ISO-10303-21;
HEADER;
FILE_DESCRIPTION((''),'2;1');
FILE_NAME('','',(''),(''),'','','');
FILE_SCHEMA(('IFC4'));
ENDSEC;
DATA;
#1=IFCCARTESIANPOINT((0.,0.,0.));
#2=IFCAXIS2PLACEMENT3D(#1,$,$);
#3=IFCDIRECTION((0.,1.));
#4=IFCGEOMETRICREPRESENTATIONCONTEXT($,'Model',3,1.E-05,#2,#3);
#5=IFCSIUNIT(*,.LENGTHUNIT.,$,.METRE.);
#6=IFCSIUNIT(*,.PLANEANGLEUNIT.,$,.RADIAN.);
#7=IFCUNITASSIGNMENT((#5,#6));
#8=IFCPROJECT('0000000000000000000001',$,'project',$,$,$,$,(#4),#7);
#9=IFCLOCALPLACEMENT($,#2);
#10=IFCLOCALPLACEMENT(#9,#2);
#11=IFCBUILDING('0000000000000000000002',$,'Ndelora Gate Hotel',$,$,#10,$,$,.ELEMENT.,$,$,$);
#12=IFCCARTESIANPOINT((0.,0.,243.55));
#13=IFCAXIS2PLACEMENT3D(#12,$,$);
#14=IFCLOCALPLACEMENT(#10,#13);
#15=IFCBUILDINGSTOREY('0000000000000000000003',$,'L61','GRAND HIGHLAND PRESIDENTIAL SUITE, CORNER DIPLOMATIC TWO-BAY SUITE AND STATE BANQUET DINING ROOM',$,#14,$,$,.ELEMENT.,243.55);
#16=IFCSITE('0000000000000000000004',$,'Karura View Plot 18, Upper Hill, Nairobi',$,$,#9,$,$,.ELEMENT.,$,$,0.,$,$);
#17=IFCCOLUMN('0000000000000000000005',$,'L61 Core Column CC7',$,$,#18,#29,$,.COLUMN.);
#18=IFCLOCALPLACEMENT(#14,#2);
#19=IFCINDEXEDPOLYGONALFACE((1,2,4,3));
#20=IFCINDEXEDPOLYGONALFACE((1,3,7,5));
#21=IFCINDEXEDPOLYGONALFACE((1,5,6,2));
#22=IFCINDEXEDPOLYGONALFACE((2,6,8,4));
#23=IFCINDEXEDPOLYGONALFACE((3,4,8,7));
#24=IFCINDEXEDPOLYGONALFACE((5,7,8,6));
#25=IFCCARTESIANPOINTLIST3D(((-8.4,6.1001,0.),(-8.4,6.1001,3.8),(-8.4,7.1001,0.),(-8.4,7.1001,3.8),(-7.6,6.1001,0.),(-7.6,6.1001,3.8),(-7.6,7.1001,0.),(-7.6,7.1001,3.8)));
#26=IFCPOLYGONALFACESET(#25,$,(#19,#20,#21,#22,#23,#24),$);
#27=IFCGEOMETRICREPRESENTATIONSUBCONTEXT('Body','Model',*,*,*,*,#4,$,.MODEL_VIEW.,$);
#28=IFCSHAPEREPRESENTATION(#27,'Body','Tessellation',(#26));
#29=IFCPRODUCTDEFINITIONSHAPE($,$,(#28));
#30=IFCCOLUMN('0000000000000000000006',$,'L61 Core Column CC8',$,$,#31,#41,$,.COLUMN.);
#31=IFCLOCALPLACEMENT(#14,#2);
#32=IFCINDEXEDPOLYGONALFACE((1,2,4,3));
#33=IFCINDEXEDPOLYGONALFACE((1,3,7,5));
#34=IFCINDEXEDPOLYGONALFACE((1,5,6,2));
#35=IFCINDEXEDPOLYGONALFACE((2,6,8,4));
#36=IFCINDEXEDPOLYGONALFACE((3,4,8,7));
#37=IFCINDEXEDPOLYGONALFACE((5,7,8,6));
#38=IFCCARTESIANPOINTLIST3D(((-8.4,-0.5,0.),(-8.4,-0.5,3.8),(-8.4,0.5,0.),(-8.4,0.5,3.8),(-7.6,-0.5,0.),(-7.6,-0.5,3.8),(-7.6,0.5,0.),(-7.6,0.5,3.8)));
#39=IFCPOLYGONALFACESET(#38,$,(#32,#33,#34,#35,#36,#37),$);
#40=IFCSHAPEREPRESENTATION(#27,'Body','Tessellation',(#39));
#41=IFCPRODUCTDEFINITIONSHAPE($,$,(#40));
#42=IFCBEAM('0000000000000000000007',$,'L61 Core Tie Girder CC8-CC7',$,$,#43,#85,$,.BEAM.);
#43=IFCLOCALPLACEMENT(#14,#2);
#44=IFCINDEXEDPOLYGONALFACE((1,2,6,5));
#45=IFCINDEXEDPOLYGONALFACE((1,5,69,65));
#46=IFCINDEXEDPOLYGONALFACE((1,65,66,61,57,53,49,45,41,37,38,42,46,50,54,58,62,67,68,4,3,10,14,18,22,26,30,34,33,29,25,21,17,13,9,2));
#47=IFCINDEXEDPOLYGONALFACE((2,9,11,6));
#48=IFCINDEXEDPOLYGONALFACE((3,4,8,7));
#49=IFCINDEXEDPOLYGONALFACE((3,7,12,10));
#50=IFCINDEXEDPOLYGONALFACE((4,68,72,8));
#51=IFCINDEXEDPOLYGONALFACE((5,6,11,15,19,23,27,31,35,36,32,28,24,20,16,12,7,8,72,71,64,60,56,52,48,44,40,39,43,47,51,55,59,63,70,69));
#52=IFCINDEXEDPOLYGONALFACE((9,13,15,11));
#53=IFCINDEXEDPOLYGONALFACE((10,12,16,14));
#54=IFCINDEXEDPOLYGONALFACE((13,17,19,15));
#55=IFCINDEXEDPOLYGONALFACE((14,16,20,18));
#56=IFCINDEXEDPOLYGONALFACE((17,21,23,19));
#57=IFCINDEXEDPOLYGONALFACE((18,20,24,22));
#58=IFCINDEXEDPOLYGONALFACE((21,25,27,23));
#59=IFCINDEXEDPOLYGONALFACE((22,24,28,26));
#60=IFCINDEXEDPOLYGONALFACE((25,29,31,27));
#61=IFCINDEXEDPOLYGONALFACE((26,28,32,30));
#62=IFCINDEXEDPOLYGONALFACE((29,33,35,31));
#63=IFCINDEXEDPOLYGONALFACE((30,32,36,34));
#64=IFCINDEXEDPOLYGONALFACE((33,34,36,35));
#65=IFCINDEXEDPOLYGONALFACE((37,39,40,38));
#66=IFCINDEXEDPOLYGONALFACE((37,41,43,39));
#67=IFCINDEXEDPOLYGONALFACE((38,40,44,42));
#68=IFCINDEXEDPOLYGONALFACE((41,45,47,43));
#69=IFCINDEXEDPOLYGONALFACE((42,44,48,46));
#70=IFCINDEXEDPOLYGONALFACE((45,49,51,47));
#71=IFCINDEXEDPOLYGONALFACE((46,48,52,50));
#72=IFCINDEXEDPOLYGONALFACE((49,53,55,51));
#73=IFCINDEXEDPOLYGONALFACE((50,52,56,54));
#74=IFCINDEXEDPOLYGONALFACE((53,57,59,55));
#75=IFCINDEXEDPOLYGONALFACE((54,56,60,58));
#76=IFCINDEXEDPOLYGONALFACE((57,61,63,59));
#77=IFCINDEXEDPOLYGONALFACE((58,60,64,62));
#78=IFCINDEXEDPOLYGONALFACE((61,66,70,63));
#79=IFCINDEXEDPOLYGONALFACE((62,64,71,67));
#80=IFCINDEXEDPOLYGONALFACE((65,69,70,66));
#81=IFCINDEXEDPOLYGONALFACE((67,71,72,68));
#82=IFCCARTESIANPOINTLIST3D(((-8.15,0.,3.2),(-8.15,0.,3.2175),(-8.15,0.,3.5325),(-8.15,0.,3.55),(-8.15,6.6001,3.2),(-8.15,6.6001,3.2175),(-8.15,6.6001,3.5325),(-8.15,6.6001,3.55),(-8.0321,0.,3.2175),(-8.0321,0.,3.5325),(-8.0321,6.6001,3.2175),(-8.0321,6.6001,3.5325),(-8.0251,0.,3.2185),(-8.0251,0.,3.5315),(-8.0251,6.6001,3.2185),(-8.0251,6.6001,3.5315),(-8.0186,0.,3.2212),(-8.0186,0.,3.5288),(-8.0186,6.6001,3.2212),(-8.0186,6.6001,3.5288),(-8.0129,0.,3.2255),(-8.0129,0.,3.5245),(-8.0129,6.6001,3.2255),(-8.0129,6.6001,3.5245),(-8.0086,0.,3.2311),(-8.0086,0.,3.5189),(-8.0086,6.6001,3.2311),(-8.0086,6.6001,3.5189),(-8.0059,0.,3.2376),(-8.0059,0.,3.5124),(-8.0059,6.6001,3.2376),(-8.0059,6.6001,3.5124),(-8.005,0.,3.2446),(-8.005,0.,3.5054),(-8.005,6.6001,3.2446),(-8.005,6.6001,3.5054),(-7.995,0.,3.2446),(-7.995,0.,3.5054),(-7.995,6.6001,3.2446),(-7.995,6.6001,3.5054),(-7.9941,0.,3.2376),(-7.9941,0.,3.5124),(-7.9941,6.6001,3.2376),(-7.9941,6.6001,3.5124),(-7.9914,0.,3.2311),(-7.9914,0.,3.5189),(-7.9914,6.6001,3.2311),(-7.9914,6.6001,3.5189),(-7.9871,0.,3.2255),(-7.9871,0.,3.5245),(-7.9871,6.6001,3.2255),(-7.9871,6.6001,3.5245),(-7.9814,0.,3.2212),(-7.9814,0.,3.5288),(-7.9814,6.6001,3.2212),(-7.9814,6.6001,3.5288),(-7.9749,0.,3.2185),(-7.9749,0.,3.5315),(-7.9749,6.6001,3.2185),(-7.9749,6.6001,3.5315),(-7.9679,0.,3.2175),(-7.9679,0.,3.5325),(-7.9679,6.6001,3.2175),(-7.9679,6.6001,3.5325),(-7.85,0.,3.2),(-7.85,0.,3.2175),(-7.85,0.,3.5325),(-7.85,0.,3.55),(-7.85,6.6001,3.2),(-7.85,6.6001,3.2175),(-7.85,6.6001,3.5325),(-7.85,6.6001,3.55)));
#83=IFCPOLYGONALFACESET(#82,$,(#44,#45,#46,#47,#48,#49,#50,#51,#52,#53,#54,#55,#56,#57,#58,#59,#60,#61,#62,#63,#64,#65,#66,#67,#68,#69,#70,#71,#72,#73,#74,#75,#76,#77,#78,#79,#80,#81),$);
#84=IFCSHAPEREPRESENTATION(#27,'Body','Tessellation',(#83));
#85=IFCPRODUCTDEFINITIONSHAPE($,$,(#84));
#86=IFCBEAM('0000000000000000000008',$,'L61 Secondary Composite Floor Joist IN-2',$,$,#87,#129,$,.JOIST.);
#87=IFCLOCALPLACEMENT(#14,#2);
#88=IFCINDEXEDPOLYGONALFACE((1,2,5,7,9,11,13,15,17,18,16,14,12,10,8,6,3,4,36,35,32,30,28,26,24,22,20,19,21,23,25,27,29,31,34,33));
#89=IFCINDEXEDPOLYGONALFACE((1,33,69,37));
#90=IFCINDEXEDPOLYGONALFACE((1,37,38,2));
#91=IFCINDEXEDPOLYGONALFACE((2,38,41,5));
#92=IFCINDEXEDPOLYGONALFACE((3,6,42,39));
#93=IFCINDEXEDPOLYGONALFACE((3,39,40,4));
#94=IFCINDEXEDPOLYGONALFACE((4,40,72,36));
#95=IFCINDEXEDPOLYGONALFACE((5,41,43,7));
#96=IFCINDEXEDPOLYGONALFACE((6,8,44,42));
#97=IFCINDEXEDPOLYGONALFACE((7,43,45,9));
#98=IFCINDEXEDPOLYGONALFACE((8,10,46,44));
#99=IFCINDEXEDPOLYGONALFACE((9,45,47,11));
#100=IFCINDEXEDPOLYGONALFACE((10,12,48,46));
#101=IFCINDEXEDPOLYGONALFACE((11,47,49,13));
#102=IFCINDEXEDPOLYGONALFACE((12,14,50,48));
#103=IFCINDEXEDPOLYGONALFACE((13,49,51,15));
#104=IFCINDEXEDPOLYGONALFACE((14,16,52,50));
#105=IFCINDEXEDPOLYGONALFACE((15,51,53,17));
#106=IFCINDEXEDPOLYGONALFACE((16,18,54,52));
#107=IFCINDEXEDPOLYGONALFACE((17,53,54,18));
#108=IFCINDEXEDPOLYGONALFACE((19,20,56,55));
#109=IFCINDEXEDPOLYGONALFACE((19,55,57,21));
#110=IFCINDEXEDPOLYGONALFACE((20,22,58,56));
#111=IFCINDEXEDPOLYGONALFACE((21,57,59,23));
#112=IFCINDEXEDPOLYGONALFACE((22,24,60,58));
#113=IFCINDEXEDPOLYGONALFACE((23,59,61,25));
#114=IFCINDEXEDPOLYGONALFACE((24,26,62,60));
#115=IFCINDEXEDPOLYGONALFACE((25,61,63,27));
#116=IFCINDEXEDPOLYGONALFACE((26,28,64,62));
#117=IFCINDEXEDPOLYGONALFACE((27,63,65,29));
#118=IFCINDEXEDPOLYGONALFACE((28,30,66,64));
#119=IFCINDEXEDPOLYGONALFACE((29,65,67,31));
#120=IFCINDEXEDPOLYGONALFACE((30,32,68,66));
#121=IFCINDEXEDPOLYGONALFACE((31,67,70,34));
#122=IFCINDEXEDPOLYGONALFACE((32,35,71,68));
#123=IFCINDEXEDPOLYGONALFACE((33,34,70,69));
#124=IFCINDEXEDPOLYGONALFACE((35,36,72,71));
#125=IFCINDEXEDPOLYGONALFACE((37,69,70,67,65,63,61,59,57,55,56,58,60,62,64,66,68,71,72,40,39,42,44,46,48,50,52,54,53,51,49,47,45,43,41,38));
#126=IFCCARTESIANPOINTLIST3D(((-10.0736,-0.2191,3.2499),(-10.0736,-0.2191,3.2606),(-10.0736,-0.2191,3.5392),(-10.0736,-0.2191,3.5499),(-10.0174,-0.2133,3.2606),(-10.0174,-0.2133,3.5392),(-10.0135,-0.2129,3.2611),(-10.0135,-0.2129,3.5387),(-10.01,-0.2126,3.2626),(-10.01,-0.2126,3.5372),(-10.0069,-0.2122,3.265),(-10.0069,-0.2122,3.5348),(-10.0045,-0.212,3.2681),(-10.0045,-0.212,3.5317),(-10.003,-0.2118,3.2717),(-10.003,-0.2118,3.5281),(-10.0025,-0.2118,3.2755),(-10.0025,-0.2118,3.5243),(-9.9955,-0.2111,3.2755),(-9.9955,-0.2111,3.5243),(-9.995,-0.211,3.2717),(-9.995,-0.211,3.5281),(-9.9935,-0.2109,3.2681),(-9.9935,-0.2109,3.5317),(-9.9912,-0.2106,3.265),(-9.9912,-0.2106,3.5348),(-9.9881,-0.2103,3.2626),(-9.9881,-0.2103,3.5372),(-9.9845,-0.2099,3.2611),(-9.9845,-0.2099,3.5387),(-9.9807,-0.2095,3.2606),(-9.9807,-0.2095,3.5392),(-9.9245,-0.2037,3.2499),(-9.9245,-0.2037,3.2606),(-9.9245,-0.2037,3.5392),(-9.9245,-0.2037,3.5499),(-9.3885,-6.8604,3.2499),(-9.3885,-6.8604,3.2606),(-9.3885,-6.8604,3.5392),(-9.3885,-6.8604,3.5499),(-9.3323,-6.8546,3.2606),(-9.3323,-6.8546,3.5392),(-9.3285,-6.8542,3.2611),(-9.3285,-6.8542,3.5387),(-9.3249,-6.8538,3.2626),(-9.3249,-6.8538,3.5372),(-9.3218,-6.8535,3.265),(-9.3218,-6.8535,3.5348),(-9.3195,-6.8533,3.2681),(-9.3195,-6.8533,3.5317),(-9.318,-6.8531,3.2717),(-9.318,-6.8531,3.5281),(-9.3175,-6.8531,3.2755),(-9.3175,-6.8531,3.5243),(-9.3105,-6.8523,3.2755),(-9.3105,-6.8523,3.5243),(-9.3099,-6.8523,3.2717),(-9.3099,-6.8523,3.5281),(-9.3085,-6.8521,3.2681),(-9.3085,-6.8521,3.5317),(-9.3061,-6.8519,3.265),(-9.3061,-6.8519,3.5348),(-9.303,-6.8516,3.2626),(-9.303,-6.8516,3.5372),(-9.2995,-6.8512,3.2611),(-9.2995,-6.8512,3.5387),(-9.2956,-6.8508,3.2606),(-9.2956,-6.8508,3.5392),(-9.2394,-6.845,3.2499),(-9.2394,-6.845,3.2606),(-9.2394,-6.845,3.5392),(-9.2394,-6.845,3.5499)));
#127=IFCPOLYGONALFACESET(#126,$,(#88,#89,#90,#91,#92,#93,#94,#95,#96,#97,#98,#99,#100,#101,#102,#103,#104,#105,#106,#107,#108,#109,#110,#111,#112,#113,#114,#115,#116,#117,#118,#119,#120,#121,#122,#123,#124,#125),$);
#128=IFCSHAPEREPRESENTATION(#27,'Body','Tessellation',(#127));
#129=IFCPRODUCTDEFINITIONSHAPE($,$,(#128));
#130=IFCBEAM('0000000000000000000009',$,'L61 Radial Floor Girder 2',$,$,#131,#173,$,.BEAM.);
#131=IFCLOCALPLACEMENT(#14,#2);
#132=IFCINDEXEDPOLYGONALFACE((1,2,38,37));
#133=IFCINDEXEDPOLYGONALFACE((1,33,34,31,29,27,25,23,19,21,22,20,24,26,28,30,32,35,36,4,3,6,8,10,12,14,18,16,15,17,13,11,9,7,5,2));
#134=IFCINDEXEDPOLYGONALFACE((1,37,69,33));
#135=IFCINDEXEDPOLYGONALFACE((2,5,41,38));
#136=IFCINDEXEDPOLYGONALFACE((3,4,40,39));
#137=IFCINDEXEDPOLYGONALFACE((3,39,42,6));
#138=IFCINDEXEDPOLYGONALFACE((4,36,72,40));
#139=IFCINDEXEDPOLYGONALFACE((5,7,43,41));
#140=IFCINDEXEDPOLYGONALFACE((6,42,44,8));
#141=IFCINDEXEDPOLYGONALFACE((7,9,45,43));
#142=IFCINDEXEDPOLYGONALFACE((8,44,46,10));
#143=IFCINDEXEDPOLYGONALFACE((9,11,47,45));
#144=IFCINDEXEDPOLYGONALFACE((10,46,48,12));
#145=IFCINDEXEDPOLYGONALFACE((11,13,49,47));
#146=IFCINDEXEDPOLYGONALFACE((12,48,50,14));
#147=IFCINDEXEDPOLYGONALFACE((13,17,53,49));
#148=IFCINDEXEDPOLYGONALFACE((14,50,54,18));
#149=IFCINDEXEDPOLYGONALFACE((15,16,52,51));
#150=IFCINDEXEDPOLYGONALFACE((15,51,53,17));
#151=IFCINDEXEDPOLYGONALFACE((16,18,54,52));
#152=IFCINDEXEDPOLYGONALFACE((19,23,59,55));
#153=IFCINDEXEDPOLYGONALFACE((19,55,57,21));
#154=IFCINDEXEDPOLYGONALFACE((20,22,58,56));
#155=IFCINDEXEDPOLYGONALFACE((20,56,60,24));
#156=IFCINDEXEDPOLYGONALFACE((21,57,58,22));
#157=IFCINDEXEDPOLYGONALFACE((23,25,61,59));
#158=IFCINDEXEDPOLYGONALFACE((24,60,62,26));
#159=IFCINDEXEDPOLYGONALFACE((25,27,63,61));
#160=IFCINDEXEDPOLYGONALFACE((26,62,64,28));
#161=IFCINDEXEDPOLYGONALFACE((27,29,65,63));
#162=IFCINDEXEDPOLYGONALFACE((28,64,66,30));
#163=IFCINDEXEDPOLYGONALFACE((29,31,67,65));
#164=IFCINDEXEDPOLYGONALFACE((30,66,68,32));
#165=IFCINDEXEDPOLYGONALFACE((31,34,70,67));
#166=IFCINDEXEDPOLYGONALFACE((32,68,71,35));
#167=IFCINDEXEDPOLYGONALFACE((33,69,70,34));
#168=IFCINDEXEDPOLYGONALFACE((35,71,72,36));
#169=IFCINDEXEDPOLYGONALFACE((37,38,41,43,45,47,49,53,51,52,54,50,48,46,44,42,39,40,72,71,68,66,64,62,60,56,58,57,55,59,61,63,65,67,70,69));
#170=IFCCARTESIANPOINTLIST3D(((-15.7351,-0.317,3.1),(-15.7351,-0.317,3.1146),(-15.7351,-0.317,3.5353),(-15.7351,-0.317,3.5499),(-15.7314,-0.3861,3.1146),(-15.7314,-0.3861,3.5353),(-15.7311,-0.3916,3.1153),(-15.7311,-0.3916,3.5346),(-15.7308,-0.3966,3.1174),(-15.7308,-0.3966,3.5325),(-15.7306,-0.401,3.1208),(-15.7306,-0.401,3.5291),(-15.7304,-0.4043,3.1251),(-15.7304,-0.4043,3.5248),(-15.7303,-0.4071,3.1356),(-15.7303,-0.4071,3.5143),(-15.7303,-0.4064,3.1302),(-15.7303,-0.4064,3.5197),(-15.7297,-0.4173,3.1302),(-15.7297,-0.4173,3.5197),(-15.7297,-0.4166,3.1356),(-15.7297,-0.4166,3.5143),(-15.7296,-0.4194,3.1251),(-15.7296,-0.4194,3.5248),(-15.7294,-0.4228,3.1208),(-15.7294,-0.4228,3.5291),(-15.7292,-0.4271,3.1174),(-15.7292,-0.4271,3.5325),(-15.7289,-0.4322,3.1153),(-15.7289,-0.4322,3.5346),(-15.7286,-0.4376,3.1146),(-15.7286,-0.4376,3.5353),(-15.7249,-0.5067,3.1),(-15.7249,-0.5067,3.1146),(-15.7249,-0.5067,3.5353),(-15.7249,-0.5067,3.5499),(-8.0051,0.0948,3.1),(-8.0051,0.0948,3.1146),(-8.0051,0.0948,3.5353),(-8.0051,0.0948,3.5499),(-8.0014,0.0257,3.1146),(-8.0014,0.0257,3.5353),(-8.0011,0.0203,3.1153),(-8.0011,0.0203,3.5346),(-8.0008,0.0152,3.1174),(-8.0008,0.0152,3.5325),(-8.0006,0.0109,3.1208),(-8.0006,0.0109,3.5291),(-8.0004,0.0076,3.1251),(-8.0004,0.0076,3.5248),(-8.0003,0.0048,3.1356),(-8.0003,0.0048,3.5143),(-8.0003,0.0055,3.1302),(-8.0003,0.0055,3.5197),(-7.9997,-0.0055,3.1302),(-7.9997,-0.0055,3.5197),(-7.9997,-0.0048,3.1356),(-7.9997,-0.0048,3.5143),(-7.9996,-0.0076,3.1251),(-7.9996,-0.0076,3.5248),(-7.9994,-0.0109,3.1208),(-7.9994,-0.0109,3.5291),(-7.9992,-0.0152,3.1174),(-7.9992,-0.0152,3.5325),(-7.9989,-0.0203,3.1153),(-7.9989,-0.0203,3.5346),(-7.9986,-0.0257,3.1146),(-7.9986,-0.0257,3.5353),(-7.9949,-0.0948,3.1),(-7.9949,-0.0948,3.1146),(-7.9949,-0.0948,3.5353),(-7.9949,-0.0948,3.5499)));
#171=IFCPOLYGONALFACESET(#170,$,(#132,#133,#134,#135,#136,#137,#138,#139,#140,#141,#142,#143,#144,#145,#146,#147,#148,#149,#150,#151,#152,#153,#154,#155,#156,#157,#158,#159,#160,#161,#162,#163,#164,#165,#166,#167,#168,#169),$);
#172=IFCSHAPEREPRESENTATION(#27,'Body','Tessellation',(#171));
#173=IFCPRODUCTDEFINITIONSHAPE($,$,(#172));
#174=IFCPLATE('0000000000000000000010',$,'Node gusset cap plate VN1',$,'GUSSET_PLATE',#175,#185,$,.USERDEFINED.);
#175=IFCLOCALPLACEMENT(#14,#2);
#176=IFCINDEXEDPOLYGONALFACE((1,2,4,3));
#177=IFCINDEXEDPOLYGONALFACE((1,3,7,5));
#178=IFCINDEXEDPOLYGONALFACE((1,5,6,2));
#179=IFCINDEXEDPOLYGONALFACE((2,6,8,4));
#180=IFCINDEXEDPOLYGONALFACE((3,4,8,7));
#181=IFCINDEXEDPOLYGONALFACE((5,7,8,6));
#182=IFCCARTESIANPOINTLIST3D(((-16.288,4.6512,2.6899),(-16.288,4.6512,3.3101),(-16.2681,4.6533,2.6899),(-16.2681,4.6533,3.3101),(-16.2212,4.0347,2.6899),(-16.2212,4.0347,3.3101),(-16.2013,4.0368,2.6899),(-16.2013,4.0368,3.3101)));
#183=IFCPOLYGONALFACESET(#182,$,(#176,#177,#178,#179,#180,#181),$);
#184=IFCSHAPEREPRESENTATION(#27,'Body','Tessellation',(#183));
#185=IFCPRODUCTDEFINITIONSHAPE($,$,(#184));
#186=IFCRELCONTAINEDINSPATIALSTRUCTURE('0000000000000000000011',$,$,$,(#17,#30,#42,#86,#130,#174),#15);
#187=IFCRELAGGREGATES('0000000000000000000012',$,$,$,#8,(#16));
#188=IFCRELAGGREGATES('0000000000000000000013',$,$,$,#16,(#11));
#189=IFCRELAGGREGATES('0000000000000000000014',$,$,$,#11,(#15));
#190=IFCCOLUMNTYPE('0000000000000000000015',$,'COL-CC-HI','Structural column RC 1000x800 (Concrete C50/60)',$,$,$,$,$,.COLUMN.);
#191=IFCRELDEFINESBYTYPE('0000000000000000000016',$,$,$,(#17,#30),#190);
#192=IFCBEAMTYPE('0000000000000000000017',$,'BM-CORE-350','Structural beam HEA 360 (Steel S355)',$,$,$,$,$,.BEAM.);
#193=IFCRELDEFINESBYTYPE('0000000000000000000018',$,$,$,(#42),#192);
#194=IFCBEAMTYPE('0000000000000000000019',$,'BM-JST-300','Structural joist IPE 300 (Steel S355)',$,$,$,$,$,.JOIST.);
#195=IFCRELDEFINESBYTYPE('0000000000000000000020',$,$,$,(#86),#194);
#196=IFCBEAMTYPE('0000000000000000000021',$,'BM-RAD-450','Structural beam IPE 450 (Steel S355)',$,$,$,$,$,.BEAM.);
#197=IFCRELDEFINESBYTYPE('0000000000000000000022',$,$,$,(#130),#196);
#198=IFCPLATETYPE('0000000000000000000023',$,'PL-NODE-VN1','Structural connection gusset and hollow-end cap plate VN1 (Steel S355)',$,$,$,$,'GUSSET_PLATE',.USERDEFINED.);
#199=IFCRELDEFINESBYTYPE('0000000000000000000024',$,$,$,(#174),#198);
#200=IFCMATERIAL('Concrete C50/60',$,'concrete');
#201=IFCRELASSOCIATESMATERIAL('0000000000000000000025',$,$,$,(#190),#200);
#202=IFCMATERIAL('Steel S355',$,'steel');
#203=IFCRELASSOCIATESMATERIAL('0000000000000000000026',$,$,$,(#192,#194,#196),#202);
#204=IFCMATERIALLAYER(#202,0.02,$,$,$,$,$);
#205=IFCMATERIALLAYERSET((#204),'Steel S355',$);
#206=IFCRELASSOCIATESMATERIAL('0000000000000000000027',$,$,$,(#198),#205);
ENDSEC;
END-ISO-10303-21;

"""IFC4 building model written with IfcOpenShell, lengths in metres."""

from ifc_helpers import new_model, si_unit, direction, frame, origin, origin_2d, place, context, subcontext, project, spatial, rectangle, i_section, extrude, material, layer, layer_set, material_profile, profile_set, type_object, element, save


model = new_model("IFC4")

# Units and contexts
model_context = context("Model", 3, precision=1e-05, world=origin(), true_north=direction((0.0, 1.0)))
body_context = subcontext(model_context, "Body", "Model", "MODEL_VIEW")
ifc_project = project(units=[si_unit("LENGTHUNIT", "METRE"), si_unit("PLANEANGLEUNIT", "RADIAN")], contexts=[model_context])

# Site, building, storey
site_placement = place(None, origin())
site = spatial("IfcSite", under=ifc_project, at=site_placement, Name="Karura View Plot 18, Upper Hill, Nairobi", CompositionType="ELEMENT", RefElevation=0.0)
building_placement = place(site_placement, origin())
building = spatial("IfcBuilding", under=site, at=building_placement, Name="Ndelora Gate Hotel", CompositionType="ELEMENT")
storey_placement = place(building_placement, frame((0.0, 0.0, 243.55)))
storey = spatial("IfcBuildingStorey", under=building, at=storey_placement, Name="L61", Description="GRAND HIGHLAND PRESIDENTIAL SUITE, CORNER DIPLOMATIC TWO-BAY SUITE AND STATE BANQUET DINING ROOM", CompositionType="ELEMENT", Elevation=243.55)

# Columns
ifc_material_1 = material(Name="Concrete C50/60", Category="concrete")
ifc_material_profile_1 = material_profile(ifc_material_1, rectangle(XDim=0.8, YDim=1.0, at=origin_2d()), Name="RC 1000x800")
ifc_profile_set_1 = profile_set([ifc_material_profile_1], Name="Concrete C50/60")
column_type = type_object("IfcColumnType", Name="COL-CC-HI", Description="Structural column RC 1000x800 (Concrete C50/60)", PredefinedType="COLUMN", material=ifc_profile_set_1)
for number, where, z_axis, x_axis, name in (
    (1, (-8.0, 6.6001, 0.0), (0.0, 0.0, 1.0), (1.0, 0.0, 0.0), "L61 Core Column CC7"),
    (2, (-8.0, 0.0, 0.0), (0.0, 0.0, 1.0), (1.0, 0.0, 0.0), "L61 Core Column CC8"),
):
    element("IfcColumn", number, at=place(storey_placement, frame(where, z_axis=z_axis, x_axis=x_axis)), inside=storey, type_object=column_type, Name=name, PredefinedType="COLUMN", context=body_context, shape_type="SweptSolid", body=[
        extrude(rectangle(XDim=0.8, YDim=1.0, at=origin_2d()), origin(), (0.0, 0.0, 1.0), 3.8),
    ])

# Beams
ifc_material_2 = material(Name="Steel S355", Category="steel")
ifc_material_profile_2 = material_profile(ifc_material_2, i_section(OverallWidth=0.3, OverallDepth=0.3501, WebThickness=0.01, FlangeThickness=0.0176, FilletRadius=0.0271, at=origin_2d()), Name="HEA 360")
ifc_profile_set_2 = profile_set([ifc_material_profile_2], Name="Steel S355")
beam_type_1 = type_object("IfcBeamType", Name="BM-CORE-350", Description="Structural beam HEA 360 (Steel S355)", PredefinedType="BEAM", material=ifc_profile_set_2)
beam_1_placement = place(storey_placement, frame((-8.0, 0.0, 3.375), z_axis=(0.0, 1.0, 0.0), x_axis=(-1.0, 0.0, 0.0)))
element("IfcBeam", 3, at=beam_1_placement, inside=storey, type_object=beam_type_1, Name="L61 Core Tie Girder CC8-CC7", PredefinedType="BEAM", context=body_context, shape_type="SweptSolid", body=[
    extrude(i_section(OverallWidth=0.3, OverallDepth=0.3501, WebThickness=0.01, FlangeThickness=0.0176, FilletRadius=0.0271, at=origin_2d()), origin(), (0.0, 0.0, 1.0), 6.6001),
])
ifc_material_profile_3 = material_profile(ifc_material_2, i_section(OverallWidth=0.1499, OverallDepth=0.3, WebThickness=0.0071, FlangeThickness=0.0107, FilletRadius=0.0149, at=origin_2d()), Name="IPE 300")
ifc_profile_set_3 = profile_set([ifc_material_profile_3], Name="Steel S355")
beam_type_2 = type_object("IfcBeamType", Name="BM-JST-300", Description="Structural joist IPE 300 (Steel S355)", PredefinedType="JOIST", material=ifc_profile_set_3)
beam_2_placement = place(storey_placement, frame((-9.999, -0.2114, 3.3999), z_axis=(0.102606, -0.994722, 0.0), x_axis=(0.994722, 0.102606, 0.0)))
element("IfcBeam", 4, at=beam_2_placement, inside=storey, type_object=beam_type_2, Name="L61 Secondary Composite Floor Joist IN-2", PredefinedType="JOIST", context=body_context, shape_type="SweptSolid", body=[
    extrude(i_section(OverallWidth=0.1499, OverallDepth=0.3, WebThickness=0.0071, FlangeThickness=0.0107, FilletRadius=0.0149, at=origin_2d()), origin(), (0.0, 0.0, 1.0), 6.6765),
])
ifc_material_profile_4 = material_profile(ifc_material_2, i_section(OverallWidth=0.1899, OverallDepth=0.45, WebThickness=0.0095, FlangeThickness=0.0146, FilletRadius=0.021, at=origin_2d()), Name="IPE 450")
ifc_profile_set_4 = profile_set([ifc_material_profile_4], Name="Steel S355")
beam_type_3 = type_object("IfcBeamType", Name="BM-RAD-450", Description="Structural beam IPE 450 (Steel S355)", PredefinedType="BEAM", material=ifc_profile_set_4)
beam_3_placement = place(storey_placement, frame((-8.0, 0.0, 3.325), z_axis=(-0.998584, -0.053206, 0.0), x_axis=(0.053206, -0.998584, 0.0)))
element("IfcBeam", 5, at=beam_3_placement, inside=storey, type_object=beam_type_3, Name="L61 Radial Floor Girder 2", PredefinedType="BEAM", context=body_context, shape_type="SweptSolid", body=[
    extrude(i_section(OverallWidth=0.1899, OverallDepth=0.45, WebThickness=0.0095, FlangeThickness=0.0146, FilletRadius=0.021, at=origin_2d()), origin(), (0.0, 0.0, 1.0), 7.741),
])

# Plate
ifc_layer_1 = layer(ifc_material_2, 0.02)
ifc_layer_set_1 = layer_set([ifc_layer_1], Name="Steel S355")
plate_type = type_object("IfcPlateType", Name="PL-NODE-VN1", Description="Structural connection gusset and hollow-end cap plate VN1 (Steel S355)", ElementType="GUSSET_PLATE", PredefinedType="USERDEFINED", material=ifc_layer_set_1)
plate_placement = place(storey_placement, frame((-16.2446, 4.344, 2.6899), z_axis=(0.0, 0.0, 1.0), x_axis=(-0.107652, 0.994189, 0.0)))
element("IfcPlate", 6, at=plate_placement, inside=storey, type_object=plate_type, Name="Node gusset cap plate VN1", ObjectType="GUSSET_PLATE", PredefinedType="USERDEFINED", context=body_context, shape_type="SweptSolid", body=[
    extrude(rectangle(XDim=0.6201, YDim=0.02, at=origin_2d()), origin(), (0.0, 0.0, 1.0), 0.6201),
])

save(model, "model.ifc")
